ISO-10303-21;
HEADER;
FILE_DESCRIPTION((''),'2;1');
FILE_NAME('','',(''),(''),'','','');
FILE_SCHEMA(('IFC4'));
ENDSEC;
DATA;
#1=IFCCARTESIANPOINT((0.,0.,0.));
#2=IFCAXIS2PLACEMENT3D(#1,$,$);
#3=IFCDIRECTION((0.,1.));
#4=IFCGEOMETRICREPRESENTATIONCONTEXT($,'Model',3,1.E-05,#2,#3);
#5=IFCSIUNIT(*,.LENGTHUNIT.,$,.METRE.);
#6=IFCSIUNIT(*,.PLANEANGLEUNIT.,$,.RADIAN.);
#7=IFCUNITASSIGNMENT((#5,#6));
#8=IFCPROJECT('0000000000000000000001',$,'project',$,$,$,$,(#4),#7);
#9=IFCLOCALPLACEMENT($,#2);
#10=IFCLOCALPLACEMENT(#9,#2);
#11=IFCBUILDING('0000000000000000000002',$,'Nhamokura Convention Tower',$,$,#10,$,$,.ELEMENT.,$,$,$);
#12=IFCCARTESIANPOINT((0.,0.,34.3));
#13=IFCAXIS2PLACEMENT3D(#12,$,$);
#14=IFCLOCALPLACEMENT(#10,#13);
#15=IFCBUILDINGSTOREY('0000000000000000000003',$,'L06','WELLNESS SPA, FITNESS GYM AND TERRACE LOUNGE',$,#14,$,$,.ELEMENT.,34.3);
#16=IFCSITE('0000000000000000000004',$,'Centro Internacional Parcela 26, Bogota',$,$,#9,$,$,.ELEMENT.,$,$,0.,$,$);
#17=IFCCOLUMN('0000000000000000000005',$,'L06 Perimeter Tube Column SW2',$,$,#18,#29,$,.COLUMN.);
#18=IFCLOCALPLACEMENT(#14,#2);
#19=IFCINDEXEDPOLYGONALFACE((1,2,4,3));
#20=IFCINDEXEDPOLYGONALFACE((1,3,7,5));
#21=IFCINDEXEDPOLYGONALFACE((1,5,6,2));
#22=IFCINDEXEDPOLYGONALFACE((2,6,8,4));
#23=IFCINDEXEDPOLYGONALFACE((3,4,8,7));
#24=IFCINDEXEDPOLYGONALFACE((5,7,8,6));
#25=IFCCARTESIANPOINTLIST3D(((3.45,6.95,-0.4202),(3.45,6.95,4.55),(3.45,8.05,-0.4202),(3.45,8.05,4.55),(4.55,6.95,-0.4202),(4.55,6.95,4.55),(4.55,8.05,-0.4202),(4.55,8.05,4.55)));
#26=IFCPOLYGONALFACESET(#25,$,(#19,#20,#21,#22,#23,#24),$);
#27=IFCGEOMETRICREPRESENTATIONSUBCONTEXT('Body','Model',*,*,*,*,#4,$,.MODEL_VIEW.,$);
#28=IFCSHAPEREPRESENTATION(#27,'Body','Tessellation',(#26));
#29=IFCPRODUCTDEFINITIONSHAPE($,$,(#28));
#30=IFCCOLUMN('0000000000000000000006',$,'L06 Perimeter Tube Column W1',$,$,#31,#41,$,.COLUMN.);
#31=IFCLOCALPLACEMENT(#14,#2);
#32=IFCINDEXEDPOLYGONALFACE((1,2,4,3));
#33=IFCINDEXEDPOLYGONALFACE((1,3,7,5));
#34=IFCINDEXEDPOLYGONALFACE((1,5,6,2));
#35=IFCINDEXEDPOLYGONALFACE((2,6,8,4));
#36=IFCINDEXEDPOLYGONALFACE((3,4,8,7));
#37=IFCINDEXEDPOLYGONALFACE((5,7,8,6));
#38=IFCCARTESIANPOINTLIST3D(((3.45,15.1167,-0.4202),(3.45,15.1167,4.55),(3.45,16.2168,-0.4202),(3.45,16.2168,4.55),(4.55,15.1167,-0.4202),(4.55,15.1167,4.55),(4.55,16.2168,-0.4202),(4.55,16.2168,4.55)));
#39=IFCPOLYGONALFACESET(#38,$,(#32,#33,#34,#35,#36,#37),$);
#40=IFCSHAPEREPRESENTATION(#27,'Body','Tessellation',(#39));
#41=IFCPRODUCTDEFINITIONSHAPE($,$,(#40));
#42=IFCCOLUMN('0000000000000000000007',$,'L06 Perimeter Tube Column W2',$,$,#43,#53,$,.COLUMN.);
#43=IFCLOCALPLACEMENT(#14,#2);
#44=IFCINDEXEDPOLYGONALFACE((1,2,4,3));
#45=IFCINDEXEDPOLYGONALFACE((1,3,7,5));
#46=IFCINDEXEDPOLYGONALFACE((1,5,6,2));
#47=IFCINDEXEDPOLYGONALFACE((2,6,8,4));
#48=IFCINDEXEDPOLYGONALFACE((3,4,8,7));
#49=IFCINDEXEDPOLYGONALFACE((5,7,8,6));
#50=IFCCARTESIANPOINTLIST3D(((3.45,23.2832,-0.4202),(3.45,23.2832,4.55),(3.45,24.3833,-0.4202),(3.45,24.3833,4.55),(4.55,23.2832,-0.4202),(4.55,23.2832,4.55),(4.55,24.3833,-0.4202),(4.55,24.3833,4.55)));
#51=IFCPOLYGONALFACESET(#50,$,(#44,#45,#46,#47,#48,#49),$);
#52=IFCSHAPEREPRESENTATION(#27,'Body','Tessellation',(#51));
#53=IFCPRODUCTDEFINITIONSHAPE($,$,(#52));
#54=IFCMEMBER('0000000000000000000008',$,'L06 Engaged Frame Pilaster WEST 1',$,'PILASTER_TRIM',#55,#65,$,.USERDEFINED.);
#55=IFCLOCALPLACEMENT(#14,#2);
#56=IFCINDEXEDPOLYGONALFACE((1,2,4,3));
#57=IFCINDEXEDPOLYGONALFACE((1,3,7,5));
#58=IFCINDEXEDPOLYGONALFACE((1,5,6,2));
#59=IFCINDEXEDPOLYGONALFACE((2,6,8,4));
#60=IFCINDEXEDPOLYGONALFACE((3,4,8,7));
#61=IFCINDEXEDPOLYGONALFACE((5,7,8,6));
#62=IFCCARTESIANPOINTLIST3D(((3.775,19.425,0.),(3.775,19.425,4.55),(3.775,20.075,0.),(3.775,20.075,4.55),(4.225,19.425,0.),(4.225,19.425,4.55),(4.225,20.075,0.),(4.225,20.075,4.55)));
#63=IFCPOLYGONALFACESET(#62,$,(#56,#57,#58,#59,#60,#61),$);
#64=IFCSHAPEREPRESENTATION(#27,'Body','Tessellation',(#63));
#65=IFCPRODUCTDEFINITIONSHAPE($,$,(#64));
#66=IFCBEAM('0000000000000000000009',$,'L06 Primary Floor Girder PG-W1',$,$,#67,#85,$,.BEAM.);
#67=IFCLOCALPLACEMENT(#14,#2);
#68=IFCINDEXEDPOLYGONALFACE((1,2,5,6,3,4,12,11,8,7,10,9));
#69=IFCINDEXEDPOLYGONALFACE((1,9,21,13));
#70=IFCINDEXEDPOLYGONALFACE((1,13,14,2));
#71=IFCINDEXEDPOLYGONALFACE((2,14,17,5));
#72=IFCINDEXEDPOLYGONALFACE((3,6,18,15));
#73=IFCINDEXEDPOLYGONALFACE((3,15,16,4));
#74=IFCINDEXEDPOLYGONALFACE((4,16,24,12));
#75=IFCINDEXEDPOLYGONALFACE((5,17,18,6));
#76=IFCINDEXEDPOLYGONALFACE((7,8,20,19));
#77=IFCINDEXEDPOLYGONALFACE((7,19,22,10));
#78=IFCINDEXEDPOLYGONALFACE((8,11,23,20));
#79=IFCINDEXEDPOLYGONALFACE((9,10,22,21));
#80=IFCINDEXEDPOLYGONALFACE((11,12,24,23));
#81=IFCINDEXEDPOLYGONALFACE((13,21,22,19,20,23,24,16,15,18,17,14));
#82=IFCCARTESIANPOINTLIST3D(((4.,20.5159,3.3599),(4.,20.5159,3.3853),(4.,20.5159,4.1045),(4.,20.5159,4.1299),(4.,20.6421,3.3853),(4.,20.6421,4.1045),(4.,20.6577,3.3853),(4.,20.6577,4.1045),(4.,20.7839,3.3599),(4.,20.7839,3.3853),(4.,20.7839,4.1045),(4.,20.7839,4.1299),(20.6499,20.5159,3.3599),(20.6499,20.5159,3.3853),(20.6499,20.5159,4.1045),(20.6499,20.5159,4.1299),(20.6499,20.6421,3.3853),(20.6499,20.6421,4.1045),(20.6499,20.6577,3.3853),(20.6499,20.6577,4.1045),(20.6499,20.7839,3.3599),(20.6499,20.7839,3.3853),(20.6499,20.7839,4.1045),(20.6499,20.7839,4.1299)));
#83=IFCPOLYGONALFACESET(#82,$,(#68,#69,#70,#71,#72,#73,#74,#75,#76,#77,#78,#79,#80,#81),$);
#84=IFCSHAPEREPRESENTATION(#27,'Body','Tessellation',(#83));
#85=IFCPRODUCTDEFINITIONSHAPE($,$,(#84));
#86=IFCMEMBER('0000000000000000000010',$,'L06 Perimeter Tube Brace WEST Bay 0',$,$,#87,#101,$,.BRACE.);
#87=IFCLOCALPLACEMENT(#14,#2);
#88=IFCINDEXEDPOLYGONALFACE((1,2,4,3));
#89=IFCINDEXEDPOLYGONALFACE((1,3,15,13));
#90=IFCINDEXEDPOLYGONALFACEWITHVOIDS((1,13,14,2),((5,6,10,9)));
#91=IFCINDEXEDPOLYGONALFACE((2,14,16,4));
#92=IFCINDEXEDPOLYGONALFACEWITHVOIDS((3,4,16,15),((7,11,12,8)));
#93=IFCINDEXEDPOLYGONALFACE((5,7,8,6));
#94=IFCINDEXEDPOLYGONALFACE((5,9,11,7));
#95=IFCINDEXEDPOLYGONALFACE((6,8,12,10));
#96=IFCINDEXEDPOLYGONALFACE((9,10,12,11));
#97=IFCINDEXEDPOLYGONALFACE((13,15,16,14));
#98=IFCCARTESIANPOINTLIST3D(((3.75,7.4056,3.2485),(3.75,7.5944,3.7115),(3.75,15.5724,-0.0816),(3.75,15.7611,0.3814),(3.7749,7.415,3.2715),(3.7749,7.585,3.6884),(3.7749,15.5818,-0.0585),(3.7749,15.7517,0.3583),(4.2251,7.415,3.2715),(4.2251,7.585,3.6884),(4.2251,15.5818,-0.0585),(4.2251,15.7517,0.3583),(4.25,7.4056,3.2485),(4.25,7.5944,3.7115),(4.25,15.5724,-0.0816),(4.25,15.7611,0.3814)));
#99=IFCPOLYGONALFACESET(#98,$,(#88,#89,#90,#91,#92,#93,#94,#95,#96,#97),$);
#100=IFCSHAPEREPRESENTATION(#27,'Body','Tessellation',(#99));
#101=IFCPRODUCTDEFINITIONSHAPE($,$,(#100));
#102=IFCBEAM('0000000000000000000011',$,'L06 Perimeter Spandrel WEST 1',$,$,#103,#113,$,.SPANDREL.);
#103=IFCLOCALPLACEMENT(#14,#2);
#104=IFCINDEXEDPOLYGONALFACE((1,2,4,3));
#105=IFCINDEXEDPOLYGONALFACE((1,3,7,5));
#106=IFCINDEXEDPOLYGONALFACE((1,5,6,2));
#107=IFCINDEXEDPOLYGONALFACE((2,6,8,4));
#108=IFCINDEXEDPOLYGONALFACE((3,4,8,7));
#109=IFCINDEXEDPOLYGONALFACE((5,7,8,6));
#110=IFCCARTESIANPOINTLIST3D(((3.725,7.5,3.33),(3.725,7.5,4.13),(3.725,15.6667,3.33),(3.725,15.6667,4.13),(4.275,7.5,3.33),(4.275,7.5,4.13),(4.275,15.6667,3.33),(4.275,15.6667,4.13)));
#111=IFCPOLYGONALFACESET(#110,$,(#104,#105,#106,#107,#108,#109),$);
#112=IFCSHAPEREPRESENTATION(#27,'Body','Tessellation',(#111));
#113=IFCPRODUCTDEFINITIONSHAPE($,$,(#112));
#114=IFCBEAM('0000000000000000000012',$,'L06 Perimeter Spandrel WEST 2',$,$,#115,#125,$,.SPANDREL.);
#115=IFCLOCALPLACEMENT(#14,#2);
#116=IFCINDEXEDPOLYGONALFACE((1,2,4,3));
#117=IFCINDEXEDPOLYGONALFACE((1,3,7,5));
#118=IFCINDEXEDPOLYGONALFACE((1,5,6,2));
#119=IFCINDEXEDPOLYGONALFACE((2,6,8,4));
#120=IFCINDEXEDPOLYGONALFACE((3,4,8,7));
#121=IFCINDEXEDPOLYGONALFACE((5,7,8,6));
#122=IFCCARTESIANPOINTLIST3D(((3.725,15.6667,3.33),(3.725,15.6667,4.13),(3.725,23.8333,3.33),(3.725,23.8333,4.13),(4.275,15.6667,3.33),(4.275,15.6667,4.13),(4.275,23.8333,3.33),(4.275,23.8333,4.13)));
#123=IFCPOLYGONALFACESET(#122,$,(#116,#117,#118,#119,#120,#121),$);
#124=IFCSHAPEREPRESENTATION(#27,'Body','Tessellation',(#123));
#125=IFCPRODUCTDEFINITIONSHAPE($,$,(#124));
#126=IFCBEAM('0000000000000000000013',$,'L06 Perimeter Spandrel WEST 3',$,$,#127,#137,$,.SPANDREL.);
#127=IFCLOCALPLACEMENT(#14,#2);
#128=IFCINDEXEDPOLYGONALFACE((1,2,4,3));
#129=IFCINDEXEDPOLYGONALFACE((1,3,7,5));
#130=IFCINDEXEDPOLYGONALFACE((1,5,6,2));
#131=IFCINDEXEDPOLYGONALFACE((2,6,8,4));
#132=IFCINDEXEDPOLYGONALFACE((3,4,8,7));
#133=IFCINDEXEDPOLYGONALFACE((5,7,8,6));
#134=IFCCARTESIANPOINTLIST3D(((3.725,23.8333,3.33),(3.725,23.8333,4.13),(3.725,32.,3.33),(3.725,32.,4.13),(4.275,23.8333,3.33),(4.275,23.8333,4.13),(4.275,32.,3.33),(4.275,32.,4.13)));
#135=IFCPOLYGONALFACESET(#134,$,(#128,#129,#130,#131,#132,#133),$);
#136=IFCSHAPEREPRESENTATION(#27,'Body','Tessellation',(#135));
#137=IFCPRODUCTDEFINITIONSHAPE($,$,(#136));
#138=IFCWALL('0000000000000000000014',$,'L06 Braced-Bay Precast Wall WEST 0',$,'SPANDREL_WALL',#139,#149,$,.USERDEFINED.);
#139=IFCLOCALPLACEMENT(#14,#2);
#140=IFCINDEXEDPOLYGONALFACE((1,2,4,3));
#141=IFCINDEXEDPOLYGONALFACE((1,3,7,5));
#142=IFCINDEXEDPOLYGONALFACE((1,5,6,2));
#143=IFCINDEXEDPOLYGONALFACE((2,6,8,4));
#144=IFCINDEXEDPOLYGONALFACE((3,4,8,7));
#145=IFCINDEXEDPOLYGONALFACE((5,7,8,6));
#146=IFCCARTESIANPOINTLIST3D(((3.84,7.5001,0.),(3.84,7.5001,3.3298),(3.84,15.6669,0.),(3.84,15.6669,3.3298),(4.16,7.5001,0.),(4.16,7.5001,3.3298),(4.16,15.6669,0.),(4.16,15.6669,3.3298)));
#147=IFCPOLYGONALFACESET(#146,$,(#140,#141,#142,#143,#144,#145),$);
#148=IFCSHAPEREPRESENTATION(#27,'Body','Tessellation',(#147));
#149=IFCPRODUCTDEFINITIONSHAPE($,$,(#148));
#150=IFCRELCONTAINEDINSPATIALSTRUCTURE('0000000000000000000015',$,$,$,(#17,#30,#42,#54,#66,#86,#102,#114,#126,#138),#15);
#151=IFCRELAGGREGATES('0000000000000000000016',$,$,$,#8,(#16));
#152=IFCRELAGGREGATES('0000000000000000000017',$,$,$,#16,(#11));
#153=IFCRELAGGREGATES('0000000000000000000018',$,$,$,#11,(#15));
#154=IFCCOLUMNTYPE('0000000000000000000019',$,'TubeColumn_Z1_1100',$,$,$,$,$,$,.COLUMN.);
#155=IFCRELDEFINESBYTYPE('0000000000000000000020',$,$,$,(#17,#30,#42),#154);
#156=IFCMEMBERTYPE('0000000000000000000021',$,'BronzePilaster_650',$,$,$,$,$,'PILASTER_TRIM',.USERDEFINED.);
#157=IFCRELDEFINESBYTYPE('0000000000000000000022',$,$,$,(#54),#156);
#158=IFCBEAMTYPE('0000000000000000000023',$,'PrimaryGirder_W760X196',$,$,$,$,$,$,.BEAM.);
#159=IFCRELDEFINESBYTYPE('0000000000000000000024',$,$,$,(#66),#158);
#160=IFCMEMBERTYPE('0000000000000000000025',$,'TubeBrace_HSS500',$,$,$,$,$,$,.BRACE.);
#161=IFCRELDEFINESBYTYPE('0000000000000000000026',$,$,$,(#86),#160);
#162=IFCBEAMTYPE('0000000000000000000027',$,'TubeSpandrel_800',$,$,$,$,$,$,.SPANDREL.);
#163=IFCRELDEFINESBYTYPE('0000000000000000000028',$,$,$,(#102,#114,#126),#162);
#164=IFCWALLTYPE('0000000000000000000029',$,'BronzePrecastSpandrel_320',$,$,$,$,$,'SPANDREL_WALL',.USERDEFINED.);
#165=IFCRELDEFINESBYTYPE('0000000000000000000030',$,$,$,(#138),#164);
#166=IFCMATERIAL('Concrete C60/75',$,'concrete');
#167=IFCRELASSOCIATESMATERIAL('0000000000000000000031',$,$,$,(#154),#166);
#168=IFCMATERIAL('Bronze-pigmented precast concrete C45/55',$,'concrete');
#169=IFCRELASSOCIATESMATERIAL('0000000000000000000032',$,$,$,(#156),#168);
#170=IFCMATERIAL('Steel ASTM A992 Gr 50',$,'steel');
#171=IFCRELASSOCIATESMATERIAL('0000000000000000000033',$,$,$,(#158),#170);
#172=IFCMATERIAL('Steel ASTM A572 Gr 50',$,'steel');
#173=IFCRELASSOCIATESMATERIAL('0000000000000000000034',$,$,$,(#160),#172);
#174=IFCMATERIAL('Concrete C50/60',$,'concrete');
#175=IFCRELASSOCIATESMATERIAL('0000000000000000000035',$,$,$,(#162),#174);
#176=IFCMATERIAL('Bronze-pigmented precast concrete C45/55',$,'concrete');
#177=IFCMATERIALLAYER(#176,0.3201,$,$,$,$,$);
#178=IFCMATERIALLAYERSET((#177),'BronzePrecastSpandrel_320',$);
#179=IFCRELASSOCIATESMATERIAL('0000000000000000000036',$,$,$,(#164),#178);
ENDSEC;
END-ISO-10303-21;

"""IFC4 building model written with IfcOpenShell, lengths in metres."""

from ifc_helpers import new_model, si_unit, direction, frame, frame_2d, origin, origin_2d, place, context, subcontext, project, spatial, rectangle, hollow_rectangle, i_section, extrude, material, layer, layer_set, material_profile, profile_set, type_object, element, save


model = new_model("IFC4")

# Units and contexts
model_context = context("Model", 3, precision=1e-05, world=origin(), true_north=direction((0.0, 1.0)))
body_context = subcontext(model_context, "Body", "Model", "MODEL_VIEW")
ifc_project = project(units=[si_unit("LENGTHUNIT", "METRE"), si_unit("PLANEANGLEUNIT", "RADIAN")], contexts=[model_context])

# Site, building, storey
site_placement = place(None, origin())
site = spatial("IfcSite", under=ifc_project, at=site_placement, Name="Centro Internacional Parcela 26, Bogota", CompositionType="ELEMENT", RefElevation=0.0)
building_placement = place(site_placement, origin())
building = spatial("IfcBuilding", under=site, at=building_placement, Name="Nhamokura Convention Tower", CompositionType="ELEMENT")
storey_placement = place(building_placement, frame((0.0, 0.0, 34.3)))
storey = spatial("IfcBuildingStorey", under=building, at=storey_placement, Name="L06", Description="WELLNESS SPA, FITNESS GYM AND TERRACE LOUNGE", CompositionType="ELEMENT", Elevation=34.3)

# Columns
ifc_material_1 = material(Name="Concrete C60/75", Category="concrete")
ifc_material_profile_1 = material_profile(ifc_material_1, rectangle(XDim=1.1001, YDim=1.1001, at=origin_2d()))
ifc_profile_set_1 = profile_set([ifc_material_profile_1], Name="Concrete C60/75")
column_type = type_object("IfcColumnType", Name="TubeColumn_Z1_1100", PredefinedType="COLUMN", material=ifc_profile_set_1)
for number, where, z_axis, x_axis, name in (
    (1, (4.0, 7.5, -0.4202), (0.0, 0.0, 1.0), (1.0, 0.0, 0.0), "L06 Perimeter Tube Column SW2"),
    (2, (4.0, 15.6667, -0.4202), (0.0, 0.0, 1.0), (1.0, 0.0, 0.0), "L06 Perimeter Tube Column W1"),
    (3, (4.0, 23.8333, -0.4202), (0.0, 0.0, 1.0), (1.0, 0.0, 0.0), "L06 Perimeter Tube Column W2"),
):
    element("IfcColumn", number, at=place(storey_placement, frame(where, z_axis=z_axis, x_axis=x_axis)), inside=storey, type_object=column_type, Name=name, PredefinedType="COLUMN", context=body_context, shape_type="SweptSolid", body=[
        extrude(rectangle(XDim=1.1001, YDim=1.1001, at=origin_2d()), origin(), (0.0, 0.0, 1.0), 4.9702),
    ])

# Member
ifc_material_2 = material(Name="Bronze-pigmented precast concrete C45/55", Category="concrete")
ifc_material_profile_2 = material_profile(ifc_material_2, rectangle(XDim=0.45, YDim=0.6499, at=origin_2d()))
ifc_profile_set_2 = profile_set([ifc_material_profile_2], Name="Bronze-pigmented precast concrete C45/55")
member_type_1 = type_object("IfcMemberType", Name="BronzePilaster_650", ElementType="PILASTER_TRIM", PredefinedType="USERDEFINED", material=ifc_profile_set_2)
member_1_placement = place(storey_placement, frame((4.0, 19.75, 0.0), z_axis=(0.0, 0.0, 1.0), x_axis=(1.0, 0.0, 0.0)))
element("IfcMember", 4, at=member_1_placement, inside=storey, type_object=member_type_1, Name="L06 Engaged Frame Pilaster WEST 1", ObjectType="PILASTER_TRIM", PredefinedType="USERDEFINED", context=body_context, shape_type="SweptSolid", body=[
    extrude(rectangle(XDim=0.45, YDim=0.6499, at=origin_2d()), origin(), (0.0, 0.0, 1.0), 4.55),
])

# Beam
ifc_material_3 = material(Name="Steel ASTM A992 Gr 50", Category="steel")
ifc_material_profile_3 = material_profile(ifc_material_3, i_section(OverallWidth=0.2681, OverallDepth=0.77, WebThickness=0.0156, FlangeThickness=0.0254, at=origin_2d()))
ifc_profile_set_3 = profile_set([ifc_material_profile_3], Name="Steel ASTM A992 Gr 50")
beam_type_1 = type_object("IfcBeamType", Name="PrimaryGirder_W760X196", PredefinedType="BEAM", material=ifc_profile_set_3)
beam_1_placement = place(storey_placement, frame((4.0, 20.6499, 3.7449), z_axis=(1.0, 0.0, 0.0), x_axis=(0.0, 1.0, 0.0)))
element("IfcBeam", 5, at=beam_1_placement, inside=storey, type_object=beam_type_1, Name="L06 Primary Floor Girder PG-W1", PredefinedType="BEAM", context=body_context, shape_type="SweptSolid", body=[
    extrude(i_section(OverallWidth=0.2681, OverallDepth=0.77, WebThickness=0.0156, FlangeThickness=0.0254, at=origin_2d()), origin(), (0.0, 0.0, 1.0), 16.6499),
])

# Member
ifc_material_4 = material(Name="Steel ASTM A572 Gr 50", Category="steel")
ifc_material_profile_4 = material_profile(ifc_material_4, hollow_rectangle(XDim=0.5, YDim=0.5, WallThickness=0.0249, at=origin_2d()))
ifc_profile_set_4 = profile_set([ifc_material_profile_4], Name="Steel ASTM A572 Gr 50")
member_type_2 = type_object("IfcMemberType", Name="TubeBrace_HSS500", PredefinedType="BRACE", material=ifc_profile_set_4)
member_2_placement = place(storey_placement, frame((4.0, 15.6667, 0.1499), z_axis=(0.0, -0.925978, 0.377577), x_axis=(1.0, 0.0, 0.0)))
element("IfcMember", 6, at=member_2_placement, inside=storey, type_object=member_type_2, Name="L06 Perimeter Tube Brace WEST Bay 0", PredefinedType="BRACE", context=body_context, shape_type="SweptSolid", body=[
    extrude(hollow_rectangle(XDim=0.5, YDim=0.5, WallThickness=0.0249, at=origin_2d()), origin(), (0.0, 0.0, 1.0), 8.8196),
])

# Beams
ifc_material_5 = material(Name="Concrete C50/60", Category="concrete")
ifc_material_profile_5 = material_profile(ifc_material_5, rectangle(XDim=0.55, YDim=0.8, at=origin_2d()))
ifc_profile_set_5 = profile_set([ifc_material_profile_5], Name="Concrete C50/60")
beam_type_2 = type_object("IfcBeamType", Name="TubeSpandrel_800", PredefinedType="SPANDREL", material=ifc_profile_set_5)
beam_2_placement = place(storey_placement, frame((4.0, 7.5, 3.73), z_axis=(0.0, 1.0, 0.0), x_axis=(-1.0, 0.0, 0.0)))
element("IfcBeam", 7, at=beam_2_placement, inside=storey, type_object=beam_type_2, Name="L06 Perimeter Spandrel WEST 1", PredefinedType="SPANDREL", context=body_context, shape_type="SweptSolid", body=[
    extrude(rectangle(XDim=0.55, YDim=0.8, at=origin_2d()), origin(), (0.0, 0.0, 1.0), 8.1667),
])
beam_3_placement = place(storey_placement, frame((4.0, 15.6667, 3.73), z_axis=(0.0, 1.0, 0.0), x_axis=(-1.0, 0.0, 0.0)))
element("IfcBeam", 8, at=beam_3_placement, inside=storey, type_object=beam_type_2, Name="L06 Perimeter Spandrel WEST 2", PredefinedType="SPANDREL", context=body_context, shape_type="SweptSolid", body=[
    extrude(rectangle(XDim=0.55, YDim=0.8, at=origin_2d()), origin(), (0.0, 0.0, 1.0), 8.1665),
])
beam_4_placement = place(storey_placement, frame((4.0, 23.8333, 3.73), z_axis=(0.0, 1.0, 0.0), x_axis=(-1.0, 0.0, 0.0)))
element("IfcBeam", 9, at=beam_4_placement, inside=storey, type_object=beam_type_2, Name="L06 Perimeter Spandrel WEST 3", PredefinedType="SPANDREL", context=body_context, shape_type="SweptSolid", body=[
    extrude(rectangle(XDim=0.55, YDim=0.8, at=origin_2d()), origin(), (0.0, 0.0, 1.0), 8.1667),
])

# Wall
ifc_material_6 = material(Name="Bronze-pigmented precast concrete C45/55", Category="concrete")
ifc_layer_1 = layer(ifc_material_6, 0.3201)
ifc_layer_set_1 = layer_set([ifc_layer_1], Name="BronzePrecastSpandrel_320")
wall_type = type_object("IfcWallType", Name="BronzePrecastSpandrel_320", ElementType="SPANDREL_WALL", PredefinedType="USERDEFINED", material=ifc_layer_set_1)
wall_1_placement = place(storey_placement, frame((4.0, 7.5, 0.0), z_axis=(0.0, 0.0, 1.0), x_axis=(0.0, 1.0, 0.0)))
element("IfcWall", 10, at=wall_1_placement, inside=storey, type_object=wall_type, Name="L06 Braced-Bay Precast Wall WEST 0", ObjectType="SPANDREL_WALL", PredefinedType="USERDEFINED", context=body_context, shape_type="SweptSolid", body=[
    extrude(rectangle(XDim=8.1667, YDim=0.3201, at=frame_2d((4.0835, 0.0))), origin(), (0.0, 0.0, 1.0), 3.3298),
])

save(model, "model.ifc")
